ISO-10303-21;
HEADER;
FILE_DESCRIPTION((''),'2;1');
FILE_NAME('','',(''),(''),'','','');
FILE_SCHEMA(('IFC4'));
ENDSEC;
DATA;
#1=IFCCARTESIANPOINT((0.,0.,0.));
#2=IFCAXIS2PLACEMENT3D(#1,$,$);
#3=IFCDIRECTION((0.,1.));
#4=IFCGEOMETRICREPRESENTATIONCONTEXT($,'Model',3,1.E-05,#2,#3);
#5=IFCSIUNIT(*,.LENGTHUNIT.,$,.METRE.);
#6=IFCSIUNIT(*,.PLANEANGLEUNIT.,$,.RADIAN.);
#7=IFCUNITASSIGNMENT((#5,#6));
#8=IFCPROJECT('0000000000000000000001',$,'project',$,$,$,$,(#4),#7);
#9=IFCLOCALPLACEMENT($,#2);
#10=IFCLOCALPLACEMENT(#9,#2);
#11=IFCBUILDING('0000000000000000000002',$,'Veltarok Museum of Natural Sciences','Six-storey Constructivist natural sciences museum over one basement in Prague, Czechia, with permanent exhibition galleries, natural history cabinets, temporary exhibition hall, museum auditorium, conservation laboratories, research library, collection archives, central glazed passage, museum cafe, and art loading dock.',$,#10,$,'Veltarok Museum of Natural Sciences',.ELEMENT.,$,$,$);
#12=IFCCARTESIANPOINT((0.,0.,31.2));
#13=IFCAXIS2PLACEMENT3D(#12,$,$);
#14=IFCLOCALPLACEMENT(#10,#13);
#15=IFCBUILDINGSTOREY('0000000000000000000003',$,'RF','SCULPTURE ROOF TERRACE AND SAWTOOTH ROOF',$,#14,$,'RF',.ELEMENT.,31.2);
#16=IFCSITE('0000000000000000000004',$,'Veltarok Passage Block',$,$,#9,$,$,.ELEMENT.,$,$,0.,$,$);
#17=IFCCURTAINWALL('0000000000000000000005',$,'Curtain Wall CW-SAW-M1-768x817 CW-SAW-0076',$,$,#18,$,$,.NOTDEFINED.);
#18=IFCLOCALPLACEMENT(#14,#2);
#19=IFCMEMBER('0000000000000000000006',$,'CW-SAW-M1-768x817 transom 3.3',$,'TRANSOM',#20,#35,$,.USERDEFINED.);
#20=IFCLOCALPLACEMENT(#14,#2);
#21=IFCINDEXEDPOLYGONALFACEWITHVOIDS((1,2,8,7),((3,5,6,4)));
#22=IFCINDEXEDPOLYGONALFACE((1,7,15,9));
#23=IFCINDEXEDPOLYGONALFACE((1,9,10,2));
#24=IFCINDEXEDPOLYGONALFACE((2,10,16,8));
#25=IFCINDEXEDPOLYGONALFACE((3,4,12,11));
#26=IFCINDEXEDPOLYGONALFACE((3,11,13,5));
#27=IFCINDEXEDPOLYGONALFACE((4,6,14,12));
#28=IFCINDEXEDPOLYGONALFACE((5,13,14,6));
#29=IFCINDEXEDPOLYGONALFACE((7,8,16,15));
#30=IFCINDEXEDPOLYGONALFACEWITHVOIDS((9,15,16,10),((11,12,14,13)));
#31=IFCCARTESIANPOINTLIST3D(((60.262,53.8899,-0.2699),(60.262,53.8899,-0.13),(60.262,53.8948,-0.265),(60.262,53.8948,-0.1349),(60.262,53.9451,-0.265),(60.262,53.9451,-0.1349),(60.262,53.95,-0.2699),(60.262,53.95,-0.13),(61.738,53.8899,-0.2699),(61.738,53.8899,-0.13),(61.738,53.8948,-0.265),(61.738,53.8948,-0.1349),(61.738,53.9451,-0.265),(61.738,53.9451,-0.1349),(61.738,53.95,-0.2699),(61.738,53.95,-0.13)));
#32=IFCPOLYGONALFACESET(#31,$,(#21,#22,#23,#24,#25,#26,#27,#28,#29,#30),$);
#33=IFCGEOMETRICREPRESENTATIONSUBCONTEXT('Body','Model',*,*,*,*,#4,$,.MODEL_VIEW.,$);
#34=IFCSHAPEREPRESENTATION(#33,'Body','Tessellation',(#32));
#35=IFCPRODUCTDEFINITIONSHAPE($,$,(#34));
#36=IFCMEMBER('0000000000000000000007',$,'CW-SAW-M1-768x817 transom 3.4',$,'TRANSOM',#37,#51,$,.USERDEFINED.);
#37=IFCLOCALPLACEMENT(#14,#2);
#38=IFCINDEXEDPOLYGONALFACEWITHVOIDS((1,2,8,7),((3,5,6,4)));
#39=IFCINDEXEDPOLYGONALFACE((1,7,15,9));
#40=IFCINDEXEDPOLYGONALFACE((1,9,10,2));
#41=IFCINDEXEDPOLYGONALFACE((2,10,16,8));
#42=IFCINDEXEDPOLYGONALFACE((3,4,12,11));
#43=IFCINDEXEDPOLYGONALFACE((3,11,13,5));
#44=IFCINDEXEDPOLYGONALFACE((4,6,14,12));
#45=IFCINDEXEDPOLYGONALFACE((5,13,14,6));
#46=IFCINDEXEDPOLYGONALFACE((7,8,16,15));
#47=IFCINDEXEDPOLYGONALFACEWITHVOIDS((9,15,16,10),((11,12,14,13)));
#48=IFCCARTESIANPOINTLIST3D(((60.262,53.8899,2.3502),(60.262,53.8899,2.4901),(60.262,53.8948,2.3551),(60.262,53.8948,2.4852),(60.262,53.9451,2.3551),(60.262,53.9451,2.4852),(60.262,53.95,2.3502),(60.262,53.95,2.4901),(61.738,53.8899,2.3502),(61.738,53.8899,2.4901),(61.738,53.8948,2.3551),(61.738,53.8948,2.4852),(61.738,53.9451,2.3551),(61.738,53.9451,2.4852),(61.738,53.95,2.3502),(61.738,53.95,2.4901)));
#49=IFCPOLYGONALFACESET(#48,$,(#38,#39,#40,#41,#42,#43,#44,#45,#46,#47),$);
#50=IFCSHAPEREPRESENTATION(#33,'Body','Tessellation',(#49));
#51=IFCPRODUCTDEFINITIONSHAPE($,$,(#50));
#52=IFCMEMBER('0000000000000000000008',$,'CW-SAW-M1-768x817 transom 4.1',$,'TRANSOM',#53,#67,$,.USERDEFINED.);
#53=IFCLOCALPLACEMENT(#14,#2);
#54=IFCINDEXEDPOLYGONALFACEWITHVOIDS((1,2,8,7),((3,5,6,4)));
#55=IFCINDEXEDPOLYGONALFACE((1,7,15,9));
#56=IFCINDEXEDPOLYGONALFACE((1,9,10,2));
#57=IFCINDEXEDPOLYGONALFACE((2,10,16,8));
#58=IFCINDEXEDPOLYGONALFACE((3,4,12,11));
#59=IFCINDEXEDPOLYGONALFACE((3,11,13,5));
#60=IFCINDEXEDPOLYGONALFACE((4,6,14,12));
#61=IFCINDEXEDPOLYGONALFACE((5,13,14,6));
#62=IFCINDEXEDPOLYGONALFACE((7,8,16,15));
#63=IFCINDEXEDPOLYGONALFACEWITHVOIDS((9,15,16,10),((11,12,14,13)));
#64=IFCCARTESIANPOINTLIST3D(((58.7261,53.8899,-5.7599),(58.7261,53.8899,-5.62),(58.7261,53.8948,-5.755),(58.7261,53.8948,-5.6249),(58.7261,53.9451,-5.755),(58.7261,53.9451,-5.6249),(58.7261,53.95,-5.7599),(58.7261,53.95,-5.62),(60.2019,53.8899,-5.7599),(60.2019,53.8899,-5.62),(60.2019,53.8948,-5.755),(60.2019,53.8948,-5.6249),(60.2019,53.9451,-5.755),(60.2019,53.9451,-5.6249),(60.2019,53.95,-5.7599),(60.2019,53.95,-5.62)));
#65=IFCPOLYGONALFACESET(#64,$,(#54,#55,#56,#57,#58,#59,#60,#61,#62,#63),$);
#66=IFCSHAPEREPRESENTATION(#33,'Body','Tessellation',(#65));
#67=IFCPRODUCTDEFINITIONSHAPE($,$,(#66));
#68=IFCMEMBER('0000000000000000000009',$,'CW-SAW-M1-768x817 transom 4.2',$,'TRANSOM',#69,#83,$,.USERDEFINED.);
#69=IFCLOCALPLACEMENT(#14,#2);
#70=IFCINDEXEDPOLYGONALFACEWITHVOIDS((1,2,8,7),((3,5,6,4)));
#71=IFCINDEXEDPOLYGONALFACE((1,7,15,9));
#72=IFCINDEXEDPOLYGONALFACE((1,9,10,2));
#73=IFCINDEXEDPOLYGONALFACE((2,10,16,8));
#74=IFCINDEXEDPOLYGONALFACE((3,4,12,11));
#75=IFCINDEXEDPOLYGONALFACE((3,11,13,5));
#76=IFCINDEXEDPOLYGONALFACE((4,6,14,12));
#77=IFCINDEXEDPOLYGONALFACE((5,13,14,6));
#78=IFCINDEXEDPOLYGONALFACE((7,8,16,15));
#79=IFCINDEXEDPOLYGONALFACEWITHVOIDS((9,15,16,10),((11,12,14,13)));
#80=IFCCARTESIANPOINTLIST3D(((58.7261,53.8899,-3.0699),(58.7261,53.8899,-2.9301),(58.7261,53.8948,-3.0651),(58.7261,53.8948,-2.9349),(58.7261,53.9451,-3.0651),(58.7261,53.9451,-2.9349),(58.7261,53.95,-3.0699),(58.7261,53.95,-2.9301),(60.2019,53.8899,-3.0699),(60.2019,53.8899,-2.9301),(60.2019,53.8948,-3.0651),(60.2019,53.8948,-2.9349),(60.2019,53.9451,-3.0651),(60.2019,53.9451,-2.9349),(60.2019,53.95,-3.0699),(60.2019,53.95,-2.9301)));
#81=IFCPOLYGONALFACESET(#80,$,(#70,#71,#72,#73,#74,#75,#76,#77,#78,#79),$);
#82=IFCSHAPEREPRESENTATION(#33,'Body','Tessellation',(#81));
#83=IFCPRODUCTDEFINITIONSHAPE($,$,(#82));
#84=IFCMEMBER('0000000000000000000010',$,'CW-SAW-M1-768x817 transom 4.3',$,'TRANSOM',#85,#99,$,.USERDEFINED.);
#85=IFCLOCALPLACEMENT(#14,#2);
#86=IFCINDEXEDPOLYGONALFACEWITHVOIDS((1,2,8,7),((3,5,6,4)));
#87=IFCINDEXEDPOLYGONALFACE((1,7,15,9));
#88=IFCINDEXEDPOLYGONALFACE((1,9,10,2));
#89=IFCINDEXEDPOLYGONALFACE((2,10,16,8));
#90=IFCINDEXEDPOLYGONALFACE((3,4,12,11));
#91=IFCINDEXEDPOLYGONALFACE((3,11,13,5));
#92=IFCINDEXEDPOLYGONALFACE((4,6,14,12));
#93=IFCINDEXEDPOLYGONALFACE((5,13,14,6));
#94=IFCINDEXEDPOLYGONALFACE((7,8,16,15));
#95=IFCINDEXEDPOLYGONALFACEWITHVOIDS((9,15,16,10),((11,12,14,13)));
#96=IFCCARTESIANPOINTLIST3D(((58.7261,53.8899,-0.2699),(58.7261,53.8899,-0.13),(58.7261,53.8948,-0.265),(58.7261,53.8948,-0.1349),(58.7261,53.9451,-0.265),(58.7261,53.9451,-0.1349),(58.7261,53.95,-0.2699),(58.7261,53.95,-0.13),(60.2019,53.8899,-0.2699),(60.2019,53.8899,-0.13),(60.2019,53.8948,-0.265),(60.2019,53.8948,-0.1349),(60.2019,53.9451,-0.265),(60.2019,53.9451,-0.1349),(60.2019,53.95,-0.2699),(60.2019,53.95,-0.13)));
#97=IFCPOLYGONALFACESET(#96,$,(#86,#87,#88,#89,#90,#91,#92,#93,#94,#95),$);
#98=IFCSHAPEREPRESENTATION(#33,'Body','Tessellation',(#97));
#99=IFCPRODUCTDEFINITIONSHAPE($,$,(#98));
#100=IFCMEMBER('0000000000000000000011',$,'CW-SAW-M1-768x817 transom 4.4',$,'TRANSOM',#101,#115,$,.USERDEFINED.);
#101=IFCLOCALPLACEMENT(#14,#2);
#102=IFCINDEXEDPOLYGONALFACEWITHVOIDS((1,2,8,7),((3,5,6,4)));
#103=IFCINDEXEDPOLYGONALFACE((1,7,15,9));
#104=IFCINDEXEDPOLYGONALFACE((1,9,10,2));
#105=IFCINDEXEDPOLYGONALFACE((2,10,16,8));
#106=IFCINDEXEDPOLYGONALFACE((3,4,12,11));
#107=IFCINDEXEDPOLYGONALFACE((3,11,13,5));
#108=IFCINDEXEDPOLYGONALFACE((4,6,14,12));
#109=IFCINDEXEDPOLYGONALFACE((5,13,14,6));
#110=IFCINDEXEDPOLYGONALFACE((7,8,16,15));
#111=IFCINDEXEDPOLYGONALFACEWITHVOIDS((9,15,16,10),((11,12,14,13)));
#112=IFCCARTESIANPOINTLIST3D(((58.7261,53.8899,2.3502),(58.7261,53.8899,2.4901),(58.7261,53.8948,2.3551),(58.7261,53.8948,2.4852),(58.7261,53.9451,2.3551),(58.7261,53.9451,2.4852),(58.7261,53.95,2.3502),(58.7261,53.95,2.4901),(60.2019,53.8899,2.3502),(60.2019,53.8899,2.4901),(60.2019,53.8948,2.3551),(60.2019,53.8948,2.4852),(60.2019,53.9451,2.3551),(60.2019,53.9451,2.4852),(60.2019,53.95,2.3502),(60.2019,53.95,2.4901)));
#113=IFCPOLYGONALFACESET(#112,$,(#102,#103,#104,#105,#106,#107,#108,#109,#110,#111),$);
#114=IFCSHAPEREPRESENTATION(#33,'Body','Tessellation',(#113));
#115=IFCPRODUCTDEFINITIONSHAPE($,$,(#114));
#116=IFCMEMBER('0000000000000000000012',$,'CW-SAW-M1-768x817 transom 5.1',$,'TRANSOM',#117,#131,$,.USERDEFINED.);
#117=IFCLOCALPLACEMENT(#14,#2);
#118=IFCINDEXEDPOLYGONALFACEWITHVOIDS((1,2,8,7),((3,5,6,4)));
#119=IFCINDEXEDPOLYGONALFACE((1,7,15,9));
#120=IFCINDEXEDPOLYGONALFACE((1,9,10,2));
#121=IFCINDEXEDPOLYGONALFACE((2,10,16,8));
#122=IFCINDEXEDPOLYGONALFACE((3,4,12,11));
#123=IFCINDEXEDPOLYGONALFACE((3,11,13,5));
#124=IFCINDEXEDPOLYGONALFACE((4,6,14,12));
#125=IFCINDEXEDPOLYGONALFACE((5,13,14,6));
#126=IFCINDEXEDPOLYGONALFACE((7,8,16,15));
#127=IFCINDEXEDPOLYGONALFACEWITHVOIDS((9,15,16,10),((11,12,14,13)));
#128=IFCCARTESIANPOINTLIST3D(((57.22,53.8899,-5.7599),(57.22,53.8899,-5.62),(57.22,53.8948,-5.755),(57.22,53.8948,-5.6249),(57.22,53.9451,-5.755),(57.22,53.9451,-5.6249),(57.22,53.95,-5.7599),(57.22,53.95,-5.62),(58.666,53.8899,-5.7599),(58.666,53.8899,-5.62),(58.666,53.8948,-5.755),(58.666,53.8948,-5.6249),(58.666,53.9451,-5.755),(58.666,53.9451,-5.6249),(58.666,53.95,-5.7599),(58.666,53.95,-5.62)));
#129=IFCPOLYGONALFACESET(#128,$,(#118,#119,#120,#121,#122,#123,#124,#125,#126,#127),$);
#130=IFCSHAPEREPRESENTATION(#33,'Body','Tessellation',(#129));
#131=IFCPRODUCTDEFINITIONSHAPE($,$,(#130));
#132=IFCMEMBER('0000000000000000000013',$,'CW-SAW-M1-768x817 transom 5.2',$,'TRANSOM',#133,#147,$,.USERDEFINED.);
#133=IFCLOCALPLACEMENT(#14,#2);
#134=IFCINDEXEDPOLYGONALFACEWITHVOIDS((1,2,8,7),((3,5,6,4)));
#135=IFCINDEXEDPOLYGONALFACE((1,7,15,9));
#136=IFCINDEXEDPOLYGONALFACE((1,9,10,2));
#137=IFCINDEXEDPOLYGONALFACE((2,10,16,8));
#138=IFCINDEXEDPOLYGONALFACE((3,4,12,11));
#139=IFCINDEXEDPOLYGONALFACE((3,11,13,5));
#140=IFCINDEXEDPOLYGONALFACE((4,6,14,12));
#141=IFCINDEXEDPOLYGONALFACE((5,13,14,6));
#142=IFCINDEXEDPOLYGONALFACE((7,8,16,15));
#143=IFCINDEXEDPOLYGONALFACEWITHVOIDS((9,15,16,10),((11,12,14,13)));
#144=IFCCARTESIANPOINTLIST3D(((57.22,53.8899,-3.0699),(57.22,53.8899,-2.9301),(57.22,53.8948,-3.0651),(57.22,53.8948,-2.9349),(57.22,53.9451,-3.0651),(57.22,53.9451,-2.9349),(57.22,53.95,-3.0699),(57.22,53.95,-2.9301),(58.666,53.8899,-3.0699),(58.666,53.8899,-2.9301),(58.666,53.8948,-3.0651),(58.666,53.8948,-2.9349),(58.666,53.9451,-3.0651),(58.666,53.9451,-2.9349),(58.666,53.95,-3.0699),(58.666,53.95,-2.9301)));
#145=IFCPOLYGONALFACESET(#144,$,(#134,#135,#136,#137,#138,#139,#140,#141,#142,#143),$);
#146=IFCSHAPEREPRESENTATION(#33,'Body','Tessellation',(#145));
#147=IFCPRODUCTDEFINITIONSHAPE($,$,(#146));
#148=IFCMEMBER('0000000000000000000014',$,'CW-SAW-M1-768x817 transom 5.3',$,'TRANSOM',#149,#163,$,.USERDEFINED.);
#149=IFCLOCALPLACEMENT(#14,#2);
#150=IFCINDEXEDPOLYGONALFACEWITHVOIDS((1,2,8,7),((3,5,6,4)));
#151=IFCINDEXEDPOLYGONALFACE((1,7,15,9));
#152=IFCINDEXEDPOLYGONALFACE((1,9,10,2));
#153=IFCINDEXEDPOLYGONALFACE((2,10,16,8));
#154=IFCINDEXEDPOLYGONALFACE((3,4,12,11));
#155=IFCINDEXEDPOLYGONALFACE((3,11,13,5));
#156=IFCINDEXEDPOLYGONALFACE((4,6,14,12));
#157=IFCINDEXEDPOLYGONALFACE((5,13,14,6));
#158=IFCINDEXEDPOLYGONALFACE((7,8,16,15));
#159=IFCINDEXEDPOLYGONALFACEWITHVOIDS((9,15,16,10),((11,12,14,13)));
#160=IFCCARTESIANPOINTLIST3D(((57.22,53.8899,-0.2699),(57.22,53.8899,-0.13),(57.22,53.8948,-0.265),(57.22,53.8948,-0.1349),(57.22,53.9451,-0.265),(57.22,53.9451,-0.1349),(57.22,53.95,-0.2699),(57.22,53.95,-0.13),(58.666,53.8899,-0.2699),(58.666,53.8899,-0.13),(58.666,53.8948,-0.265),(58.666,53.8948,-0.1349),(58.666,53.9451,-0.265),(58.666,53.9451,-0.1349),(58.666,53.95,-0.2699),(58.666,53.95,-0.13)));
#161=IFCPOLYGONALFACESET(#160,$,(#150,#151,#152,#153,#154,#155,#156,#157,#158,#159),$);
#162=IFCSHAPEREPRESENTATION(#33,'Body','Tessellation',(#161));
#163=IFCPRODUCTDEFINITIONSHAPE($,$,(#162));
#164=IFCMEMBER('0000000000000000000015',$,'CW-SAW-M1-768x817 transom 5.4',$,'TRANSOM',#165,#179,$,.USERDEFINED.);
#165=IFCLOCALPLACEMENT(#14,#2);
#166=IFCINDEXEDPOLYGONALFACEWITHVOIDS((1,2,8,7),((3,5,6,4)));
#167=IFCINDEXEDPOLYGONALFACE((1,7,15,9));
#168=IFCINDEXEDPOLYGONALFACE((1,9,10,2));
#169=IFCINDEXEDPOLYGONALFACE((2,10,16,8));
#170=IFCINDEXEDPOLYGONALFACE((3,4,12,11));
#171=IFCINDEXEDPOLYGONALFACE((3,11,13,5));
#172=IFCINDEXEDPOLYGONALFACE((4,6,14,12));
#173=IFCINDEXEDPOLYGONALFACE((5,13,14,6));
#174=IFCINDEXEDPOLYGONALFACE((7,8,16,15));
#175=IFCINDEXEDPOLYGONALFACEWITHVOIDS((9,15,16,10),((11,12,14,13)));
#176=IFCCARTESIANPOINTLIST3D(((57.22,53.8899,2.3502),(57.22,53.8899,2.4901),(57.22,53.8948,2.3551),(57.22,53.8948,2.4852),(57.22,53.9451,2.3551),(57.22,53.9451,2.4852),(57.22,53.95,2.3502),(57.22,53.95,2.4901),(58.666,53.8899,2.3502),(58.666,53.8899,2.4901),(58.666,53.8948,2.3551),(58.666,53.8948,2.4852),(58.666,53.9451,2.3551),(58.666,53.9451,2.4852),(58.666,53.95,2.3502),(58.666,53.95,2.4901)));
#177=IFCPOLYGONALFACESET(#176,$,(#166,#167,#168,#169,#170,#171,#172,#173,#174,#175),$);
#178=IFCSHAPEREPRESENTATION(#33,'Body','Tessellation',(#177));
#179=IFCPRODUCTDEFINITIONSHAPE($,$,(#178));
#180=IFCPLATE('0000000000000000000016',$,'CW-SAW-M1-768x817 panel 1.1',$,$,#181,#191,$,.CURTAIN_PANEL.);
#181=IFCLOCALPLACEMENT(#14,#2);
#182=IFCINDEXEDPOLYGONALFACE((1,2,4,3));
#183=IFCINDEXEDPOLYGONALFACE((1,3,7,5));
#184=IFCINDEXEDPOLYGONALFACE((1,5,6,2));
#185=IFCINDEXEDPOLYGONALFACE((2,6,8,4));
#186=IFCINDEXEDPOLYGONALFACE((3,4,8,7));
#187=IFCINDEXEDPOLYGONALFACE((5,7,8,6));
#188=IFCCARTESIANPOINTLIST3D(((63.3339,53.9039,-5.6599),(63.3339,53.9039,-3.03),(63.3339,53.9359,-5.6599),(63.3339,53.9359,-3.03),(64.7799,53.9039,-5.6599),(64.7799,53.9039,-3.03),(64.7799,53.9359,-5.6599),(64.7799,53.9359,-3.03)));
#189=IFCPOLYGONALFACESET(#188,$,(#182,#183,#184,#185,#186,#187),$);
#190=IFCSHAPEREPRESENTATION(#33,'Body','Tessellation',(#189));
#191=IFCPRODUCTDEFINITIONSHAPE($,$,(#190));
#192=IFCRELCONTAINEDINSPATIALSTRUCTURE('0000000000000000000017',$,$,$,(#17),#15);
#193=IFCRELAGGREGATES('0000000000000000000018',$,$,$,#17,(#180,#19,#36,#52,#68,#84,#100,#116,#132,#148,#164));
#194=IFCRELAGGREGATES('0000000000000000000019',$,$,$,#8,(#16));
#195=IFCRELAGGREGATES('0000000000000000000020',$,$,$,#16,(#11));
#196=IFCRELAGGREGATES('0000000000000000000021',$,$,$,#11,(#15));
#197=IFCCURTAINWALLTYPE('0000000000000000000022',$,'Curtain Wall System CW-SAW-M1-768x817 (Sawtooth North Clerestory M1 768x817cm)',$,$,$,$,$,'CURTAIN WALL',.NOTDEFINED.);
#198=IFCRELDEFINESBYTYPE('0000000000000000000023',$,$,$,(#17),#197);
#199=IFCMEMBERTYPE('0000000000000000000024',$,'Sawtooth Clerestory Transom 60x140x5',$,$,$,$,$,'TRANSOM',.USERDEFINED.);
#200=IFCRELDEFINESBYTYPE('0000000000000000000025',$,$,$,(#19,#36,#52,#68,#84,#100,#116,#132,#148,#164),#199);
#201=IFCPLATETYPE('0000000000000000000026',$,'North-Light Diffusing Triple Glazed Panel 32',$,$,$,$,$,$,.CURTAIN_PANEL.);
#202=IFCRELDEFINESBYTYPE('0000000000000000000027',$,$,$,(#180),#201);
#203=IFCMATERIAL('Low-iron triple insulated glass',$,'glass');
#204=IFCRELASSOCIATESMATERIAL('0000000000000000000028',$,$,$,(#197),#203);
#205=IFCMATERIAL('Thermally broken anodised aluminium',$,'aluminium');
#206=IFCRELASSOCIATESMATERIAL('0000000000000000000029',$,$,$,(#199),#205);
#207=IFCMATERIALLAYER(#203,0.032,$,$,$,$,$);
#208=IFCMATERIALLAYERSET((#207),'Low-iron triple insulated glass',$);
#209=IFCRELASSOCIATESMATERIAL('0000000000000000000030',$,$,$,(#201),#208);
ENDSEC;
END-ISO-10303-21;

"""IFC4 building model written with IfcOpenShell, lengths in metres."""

from ifc_helpers import new_model, si_unit, direction, frame, origin, origin_2d, place, context, subcontext, project, spatial, rectangle, hollow_rectangle, extrude, material, layer, layer_set, material_profile, profile_set, type_object, element, aggregate, save


model = new_model("IFC4")

# Units and contexts
model_context = context("Model", 3, precision=1e-05, world=origin(), true_north=direction((0.0, 1.0)))
body_context = subcontext(model_context, "Body", "Model", "MODEL_VIEW")
ifc_project = project(units=[si_unit("LENGTHUNIT", "METRE"), si_unit("PLANEANGLEUNIT", "RADIAN")], contexts=[model_context])

# Site, building, storey
site_placement = place(None, origin())
site = spatial("IfcSite", under=ifc_project, at=site_placement, Name="Veltarok Passage Block", CompositionType="ELEMENT", RefElevation=0.0)
building_placement = place(site_placement, origin())
building = spatial("IfcBuilding", under=site, at=building_placement, Name="Veltarok Museum of Natural Sciences", Description="Six-storey Constructivist natural sciences museum over one basement in Prague, Czechia, with permanent exhibition galleries, natural history cabinets, temporary exhibition hall, museum auditorium, conservation laboratories, research library, collection archives, central glazed passage, museum cafe, and art loading dock.", LongName="Veltarok Museum of Natural Sciences", CompositionType="ELEMENT")
storey_placement = place(building_placement, frame((0.0, 0.0, 31.2)))
storey = spatial("IfcBuildingStorey", under=building, at=storey_placement, Name="RF", Description="SCULPTURE ROOF TERRACE AND SAWTOOTH ROOF", LongName="RF", CompositionType="ELEMENT", Elevation=31.2)

# Curtain wall, members, plate
ifc_material_1 = material(Name="Low-iron triple insulated glass", Category="glass")
curtain_wall_type = type_object("IfcCurtainWallType", Name="Curtain Wall System CW-SAW-M1-768x817 (Sawtooth North Clerestory M1 768x817cm)", ElementType="CURTAIN WALL", PredefinedType="NOTDEFINED", material=ifc_material_1)
curtain_wall_placement = place(storey_placement, origin())
curtain_wall = element("IfcCurtainWall", 1, at=curtain_wall_placement, inside=storey, type_object=curtain_wall_type, Name="Curtain Wall CW-SAW-M1-768x817 CW-SAW-0076", PredefinedType="NOTDEFINED")
ifc_material_2 = material(Name="Thermally broken anodised aluminium", Category="aluminium")
ifc_material_profile_1 = material_profile(ifc_material_2, hollow_rectangle(XDim=0.0601, YDim=0.1399, WallThickness=0.0049, at=origin_2d()), Name="CW TRANSOM 60x140x5")
ifc_profile_set_1 = profile_set([ifc_material_profile_1], Name="Thermally broken anodised aluminium")
member_type_1 = type_object("IfcMemberType", Name="Sawtooth Clerestory Transom 60x140x5", ElementType="TRANSOM", PredefinedType="USERDEFINED", material=ifc_profile_set_1)
member_1_placement = place(storey_placement, frame((61.738, 53.9199, -0.2), z_axis=(-1.0, 0.0, 0.0), x_axis=(0.0, -1.0, 0.0)))
member_1 = element("IfcMember", 2, at=member_1_placement, type_object=member_type_1, Name="CW-SAW-M1-768x817 transom 3.3", ObjectType="TRANSOM", PredefinedType="USERDEFINED", context=body_context, shape_type="SweptSolid", body=[
    extrude(hollow_rectangle(XDim=0.0601, YDim=0.1399, WallThickness=0.0049, at=origin_2d()), origin(), (0.0, 0.0, 1.0), 1.4761),
])
member_2_placement = place(storey_placement, frame((61.738, 53.9199, 2.4202), z_axis=(-1.0, 0.0, 0.0), x_axis=(0.0, -1.0, 0.0)))
member_2 = element("IfcMember", 3, at=member_2_placement, type_object=member_type_1, Name="CW-SAW-M1-768x817 transom 3.4", ObjectType="TRANSOM", PredefinedType="USERDEFINED", context=body_context, shape_type="SweptSolid", body=[
    extrude(hollow_rectangle(XDim=0.0601, YDim=0.1399, WallThickness=0.0049, at=origin_2d()), origin(), (0.0, 0.0, 1.0), 1.4761),
])
member_3_placement = place(storey_placement, frame((60.2019, 53.9199, -5.6899), z_axis=(-1.0, 0.0, 0.0), x_axis=(0.0, -1.0, 0.0)))
member_3 = element("IfcMember", 4, at=member_3_placement, type_object=member_type_1, Name="CW-SAW-M1-768x817 transom 4.1", ObjectType="TRANSOM", PredefinedType="USERDEFINED", context=body_context, shape_type="SweptSolid", body=[
    extrude(hollow_rectangle(XDim=0.0601, YDim=0.1399, WallThickness=0.0049, at=origin_2d()), origin(), (0.0, 0.0, 1.0), 1.4758),
])
member_4_placement = place(storey_placement, frame((60.2019, 53.9199, -3.0), z_axis=(-1.0, 0.0, 0.0), x_axis=(0.0, -1.0, 0.0)))
member_4 = element("IfcMember", 5, at=member_4_placement, type_object=member_type_1, Name="CW-SAW-M1-768x817 transom 4.2", ObjectType="TRANSOM", PredefinedType="USERDEFINED", context=body_context, shape_type="SweptSolid", body=[
    extrude(hollow_rectangle(XDim=0.0601, YDim=0.1399, WallThickness=0.0049, at=origin_2d()), origin(), (0.0, 0.0, 1.0), 1.4758),
])
member_5_placement = place(storey_placement, frame((60.2019, 53.9199, -0.2), z_axis=(-1.0, 0.0, 0.0), x_axis=(0.0, -1.0, 0.0)))
member_5 = element("IfcMember", 6, at=member_5_placement, type_object=member_type_1, Name="CW-SAW-M1-768x817 transom 4.3", ObjectType="TRANSOM", PredefinedType="USERDEFINED", context=body_context, shape_type="SweptSolid", body=[
    extrude(hollow_rectangle(XDim=0.0601, YDim=0.1399, WallThickness=0.0049, at=origin_2d()), origin(), (0.0, 0.0, 1.0), 1.4758),
])
member_6_placement = place(storey_placement, frame((60.2019, 53.9199, 2.4202), z_axis=(-1.0, 0.0, 0.0), x_axis=(0.0, -1.0, 0.0)))
member_6 = element("IfcMember", 7, at=member_6_placement, type_object=member_type_1, Name="CW-SAW-M1-768x817 transom 4.4", ObjectType="TRANSOM", PredefinedType="USERDEFINED", context=body_context, shape_type="SweptSolid", body=[
    extrude(hollow_rectangle(XDim=0.0601, YDim=0.1399, WallThickness=0.0049, at=origin_2d()), origin(), (0.0, 0.0, 1.0), 1.4758),
])
member_7_placement = place(storey_placement, frame((58.666, 53.9199, -5.6899), z_axis=(-1.0, 0.0, 0.0), x_axis=(0.0, -1.0, 0.0)))
member_7 = element("IfcMember", 8, at=member_7_placement, type_object=member_type_1, Name="CW-SAW-M1-768x817 transom 5.1", ObjectType="TRANSOM", PredefinedType="USERDEFINED", context=body_context, shape_type="SweptSolid", body=[
    extrude(hollow_rectangle(XDim=0.0601, YDim=0.1399, WallThickness=0.0049, at=origin_2d()), origin(), (0.0, 0.0, 1.0), 1.446),
])
member_8_placement = place(storey_placement, frame((58.666, 53.9199, -3.0), z_axis=(-1.0, 0.0, 0.0), x_axis=(0.0, -1.0, 0.0)))
member_8 = element("IfcMember", 9, at=member_8_placement, type_object=member_type_1, Name="CW-SAW-M1-768x817 transom 5.2", ObjectType="TRANSOM", PredefinedType="USERDEFINED", context=body_context, shape_type="SweptSolid", body=[
    extrude(hollow_rectangle(XDim=0.0601, YDim=0.1399, WallThickness=0.0049, at=origin_2d()), origin(), (0.0, 0.0, 1.0), 1.446),
])
member_9_placement = place(storey_placement, frame((58.666, 53.9199, -0.2), z_axis=(-1.0, 0.0, 0.0), x_axis=(0.0, -1.0, 0.0)))
member_9 = element("IfcMember", 10, at=member_9_placement, type_object=member_type_1, Name="CW-SAW-M1-768x817 transom 5.3", ObjectType="TRANSOM", PredefinedType="USERDEFINED", context=body_context, shape_type="SweptSolid", body=[
    extrude(hollow_rectangle(XDim=0.0601, YDim=0.1399, WallThickness=0.0049, at=origin_2d()), origin(), (0.0, 0.0, 1.0), 1.446),
])
member_10_placement = place(storey_placement, frame((58.666, 53.9199, 2.4202), z_axis=(-1.0, 0.0, 0.0), x_axis=(0.0, -1.0, 0.0)))
member_10 = element("IfcMember", 11, at=member_10_placement, type_object=member_type_1, Name="CW-SAW-M1-768x817 transom 5.4", ObjectType="TRANSOM", PredefinedType="USERDEFINED", context=body_context, shape_type="SweptSolid", body=[
    extrude(hollow_rectangle(XDim=0.0601, YDim=0.1399, WallThickness=0.0049, at=origin_2d()), origin(), (0.0, 0.0, 1.0), 1.446),
])
ifc_layer_1 = layer(ifc_material_1, 0.032)
ifc_layer_set_1 = layer_set([ifc_layer_1], Name="Low-iron triple insulated glass")
plate_type = type_object("IfcPlateType", Name="North-Light Diffusing Triple Glazed Panel 32", PredefinedType="CURTAIN_PANEL", material=ifc_layer_set_1)
plate_1_placement = place(storey_placement, frame((64.0569, 53.9199, -5.6599), z_axis=(0.0, 0.0, 1.0), x_axis=(-1.0, 0.0, 0.0)))
plate_1 = element("IfcPlate", 12, at=plate_1_placement, type_object=plate_type, Name="CW-SAW-M1-768x817 panel 1.1", PredefinedType="CURTAIN_PANEL", context=body_context, shape_type="SweptSolid", body=[
    extrude(rectangle(XDim=1.446, YDim=0.032, at=origin_2d()), origin(), (0.0, 0.0, 1.0), 2.6299),
])
aggregate(curtain_wall, [plate_1, member_1, member_2, member_3, member_4, member_5, member_6, member_7, member_8, member_9, member_10])

save(model, "model.ifc")
